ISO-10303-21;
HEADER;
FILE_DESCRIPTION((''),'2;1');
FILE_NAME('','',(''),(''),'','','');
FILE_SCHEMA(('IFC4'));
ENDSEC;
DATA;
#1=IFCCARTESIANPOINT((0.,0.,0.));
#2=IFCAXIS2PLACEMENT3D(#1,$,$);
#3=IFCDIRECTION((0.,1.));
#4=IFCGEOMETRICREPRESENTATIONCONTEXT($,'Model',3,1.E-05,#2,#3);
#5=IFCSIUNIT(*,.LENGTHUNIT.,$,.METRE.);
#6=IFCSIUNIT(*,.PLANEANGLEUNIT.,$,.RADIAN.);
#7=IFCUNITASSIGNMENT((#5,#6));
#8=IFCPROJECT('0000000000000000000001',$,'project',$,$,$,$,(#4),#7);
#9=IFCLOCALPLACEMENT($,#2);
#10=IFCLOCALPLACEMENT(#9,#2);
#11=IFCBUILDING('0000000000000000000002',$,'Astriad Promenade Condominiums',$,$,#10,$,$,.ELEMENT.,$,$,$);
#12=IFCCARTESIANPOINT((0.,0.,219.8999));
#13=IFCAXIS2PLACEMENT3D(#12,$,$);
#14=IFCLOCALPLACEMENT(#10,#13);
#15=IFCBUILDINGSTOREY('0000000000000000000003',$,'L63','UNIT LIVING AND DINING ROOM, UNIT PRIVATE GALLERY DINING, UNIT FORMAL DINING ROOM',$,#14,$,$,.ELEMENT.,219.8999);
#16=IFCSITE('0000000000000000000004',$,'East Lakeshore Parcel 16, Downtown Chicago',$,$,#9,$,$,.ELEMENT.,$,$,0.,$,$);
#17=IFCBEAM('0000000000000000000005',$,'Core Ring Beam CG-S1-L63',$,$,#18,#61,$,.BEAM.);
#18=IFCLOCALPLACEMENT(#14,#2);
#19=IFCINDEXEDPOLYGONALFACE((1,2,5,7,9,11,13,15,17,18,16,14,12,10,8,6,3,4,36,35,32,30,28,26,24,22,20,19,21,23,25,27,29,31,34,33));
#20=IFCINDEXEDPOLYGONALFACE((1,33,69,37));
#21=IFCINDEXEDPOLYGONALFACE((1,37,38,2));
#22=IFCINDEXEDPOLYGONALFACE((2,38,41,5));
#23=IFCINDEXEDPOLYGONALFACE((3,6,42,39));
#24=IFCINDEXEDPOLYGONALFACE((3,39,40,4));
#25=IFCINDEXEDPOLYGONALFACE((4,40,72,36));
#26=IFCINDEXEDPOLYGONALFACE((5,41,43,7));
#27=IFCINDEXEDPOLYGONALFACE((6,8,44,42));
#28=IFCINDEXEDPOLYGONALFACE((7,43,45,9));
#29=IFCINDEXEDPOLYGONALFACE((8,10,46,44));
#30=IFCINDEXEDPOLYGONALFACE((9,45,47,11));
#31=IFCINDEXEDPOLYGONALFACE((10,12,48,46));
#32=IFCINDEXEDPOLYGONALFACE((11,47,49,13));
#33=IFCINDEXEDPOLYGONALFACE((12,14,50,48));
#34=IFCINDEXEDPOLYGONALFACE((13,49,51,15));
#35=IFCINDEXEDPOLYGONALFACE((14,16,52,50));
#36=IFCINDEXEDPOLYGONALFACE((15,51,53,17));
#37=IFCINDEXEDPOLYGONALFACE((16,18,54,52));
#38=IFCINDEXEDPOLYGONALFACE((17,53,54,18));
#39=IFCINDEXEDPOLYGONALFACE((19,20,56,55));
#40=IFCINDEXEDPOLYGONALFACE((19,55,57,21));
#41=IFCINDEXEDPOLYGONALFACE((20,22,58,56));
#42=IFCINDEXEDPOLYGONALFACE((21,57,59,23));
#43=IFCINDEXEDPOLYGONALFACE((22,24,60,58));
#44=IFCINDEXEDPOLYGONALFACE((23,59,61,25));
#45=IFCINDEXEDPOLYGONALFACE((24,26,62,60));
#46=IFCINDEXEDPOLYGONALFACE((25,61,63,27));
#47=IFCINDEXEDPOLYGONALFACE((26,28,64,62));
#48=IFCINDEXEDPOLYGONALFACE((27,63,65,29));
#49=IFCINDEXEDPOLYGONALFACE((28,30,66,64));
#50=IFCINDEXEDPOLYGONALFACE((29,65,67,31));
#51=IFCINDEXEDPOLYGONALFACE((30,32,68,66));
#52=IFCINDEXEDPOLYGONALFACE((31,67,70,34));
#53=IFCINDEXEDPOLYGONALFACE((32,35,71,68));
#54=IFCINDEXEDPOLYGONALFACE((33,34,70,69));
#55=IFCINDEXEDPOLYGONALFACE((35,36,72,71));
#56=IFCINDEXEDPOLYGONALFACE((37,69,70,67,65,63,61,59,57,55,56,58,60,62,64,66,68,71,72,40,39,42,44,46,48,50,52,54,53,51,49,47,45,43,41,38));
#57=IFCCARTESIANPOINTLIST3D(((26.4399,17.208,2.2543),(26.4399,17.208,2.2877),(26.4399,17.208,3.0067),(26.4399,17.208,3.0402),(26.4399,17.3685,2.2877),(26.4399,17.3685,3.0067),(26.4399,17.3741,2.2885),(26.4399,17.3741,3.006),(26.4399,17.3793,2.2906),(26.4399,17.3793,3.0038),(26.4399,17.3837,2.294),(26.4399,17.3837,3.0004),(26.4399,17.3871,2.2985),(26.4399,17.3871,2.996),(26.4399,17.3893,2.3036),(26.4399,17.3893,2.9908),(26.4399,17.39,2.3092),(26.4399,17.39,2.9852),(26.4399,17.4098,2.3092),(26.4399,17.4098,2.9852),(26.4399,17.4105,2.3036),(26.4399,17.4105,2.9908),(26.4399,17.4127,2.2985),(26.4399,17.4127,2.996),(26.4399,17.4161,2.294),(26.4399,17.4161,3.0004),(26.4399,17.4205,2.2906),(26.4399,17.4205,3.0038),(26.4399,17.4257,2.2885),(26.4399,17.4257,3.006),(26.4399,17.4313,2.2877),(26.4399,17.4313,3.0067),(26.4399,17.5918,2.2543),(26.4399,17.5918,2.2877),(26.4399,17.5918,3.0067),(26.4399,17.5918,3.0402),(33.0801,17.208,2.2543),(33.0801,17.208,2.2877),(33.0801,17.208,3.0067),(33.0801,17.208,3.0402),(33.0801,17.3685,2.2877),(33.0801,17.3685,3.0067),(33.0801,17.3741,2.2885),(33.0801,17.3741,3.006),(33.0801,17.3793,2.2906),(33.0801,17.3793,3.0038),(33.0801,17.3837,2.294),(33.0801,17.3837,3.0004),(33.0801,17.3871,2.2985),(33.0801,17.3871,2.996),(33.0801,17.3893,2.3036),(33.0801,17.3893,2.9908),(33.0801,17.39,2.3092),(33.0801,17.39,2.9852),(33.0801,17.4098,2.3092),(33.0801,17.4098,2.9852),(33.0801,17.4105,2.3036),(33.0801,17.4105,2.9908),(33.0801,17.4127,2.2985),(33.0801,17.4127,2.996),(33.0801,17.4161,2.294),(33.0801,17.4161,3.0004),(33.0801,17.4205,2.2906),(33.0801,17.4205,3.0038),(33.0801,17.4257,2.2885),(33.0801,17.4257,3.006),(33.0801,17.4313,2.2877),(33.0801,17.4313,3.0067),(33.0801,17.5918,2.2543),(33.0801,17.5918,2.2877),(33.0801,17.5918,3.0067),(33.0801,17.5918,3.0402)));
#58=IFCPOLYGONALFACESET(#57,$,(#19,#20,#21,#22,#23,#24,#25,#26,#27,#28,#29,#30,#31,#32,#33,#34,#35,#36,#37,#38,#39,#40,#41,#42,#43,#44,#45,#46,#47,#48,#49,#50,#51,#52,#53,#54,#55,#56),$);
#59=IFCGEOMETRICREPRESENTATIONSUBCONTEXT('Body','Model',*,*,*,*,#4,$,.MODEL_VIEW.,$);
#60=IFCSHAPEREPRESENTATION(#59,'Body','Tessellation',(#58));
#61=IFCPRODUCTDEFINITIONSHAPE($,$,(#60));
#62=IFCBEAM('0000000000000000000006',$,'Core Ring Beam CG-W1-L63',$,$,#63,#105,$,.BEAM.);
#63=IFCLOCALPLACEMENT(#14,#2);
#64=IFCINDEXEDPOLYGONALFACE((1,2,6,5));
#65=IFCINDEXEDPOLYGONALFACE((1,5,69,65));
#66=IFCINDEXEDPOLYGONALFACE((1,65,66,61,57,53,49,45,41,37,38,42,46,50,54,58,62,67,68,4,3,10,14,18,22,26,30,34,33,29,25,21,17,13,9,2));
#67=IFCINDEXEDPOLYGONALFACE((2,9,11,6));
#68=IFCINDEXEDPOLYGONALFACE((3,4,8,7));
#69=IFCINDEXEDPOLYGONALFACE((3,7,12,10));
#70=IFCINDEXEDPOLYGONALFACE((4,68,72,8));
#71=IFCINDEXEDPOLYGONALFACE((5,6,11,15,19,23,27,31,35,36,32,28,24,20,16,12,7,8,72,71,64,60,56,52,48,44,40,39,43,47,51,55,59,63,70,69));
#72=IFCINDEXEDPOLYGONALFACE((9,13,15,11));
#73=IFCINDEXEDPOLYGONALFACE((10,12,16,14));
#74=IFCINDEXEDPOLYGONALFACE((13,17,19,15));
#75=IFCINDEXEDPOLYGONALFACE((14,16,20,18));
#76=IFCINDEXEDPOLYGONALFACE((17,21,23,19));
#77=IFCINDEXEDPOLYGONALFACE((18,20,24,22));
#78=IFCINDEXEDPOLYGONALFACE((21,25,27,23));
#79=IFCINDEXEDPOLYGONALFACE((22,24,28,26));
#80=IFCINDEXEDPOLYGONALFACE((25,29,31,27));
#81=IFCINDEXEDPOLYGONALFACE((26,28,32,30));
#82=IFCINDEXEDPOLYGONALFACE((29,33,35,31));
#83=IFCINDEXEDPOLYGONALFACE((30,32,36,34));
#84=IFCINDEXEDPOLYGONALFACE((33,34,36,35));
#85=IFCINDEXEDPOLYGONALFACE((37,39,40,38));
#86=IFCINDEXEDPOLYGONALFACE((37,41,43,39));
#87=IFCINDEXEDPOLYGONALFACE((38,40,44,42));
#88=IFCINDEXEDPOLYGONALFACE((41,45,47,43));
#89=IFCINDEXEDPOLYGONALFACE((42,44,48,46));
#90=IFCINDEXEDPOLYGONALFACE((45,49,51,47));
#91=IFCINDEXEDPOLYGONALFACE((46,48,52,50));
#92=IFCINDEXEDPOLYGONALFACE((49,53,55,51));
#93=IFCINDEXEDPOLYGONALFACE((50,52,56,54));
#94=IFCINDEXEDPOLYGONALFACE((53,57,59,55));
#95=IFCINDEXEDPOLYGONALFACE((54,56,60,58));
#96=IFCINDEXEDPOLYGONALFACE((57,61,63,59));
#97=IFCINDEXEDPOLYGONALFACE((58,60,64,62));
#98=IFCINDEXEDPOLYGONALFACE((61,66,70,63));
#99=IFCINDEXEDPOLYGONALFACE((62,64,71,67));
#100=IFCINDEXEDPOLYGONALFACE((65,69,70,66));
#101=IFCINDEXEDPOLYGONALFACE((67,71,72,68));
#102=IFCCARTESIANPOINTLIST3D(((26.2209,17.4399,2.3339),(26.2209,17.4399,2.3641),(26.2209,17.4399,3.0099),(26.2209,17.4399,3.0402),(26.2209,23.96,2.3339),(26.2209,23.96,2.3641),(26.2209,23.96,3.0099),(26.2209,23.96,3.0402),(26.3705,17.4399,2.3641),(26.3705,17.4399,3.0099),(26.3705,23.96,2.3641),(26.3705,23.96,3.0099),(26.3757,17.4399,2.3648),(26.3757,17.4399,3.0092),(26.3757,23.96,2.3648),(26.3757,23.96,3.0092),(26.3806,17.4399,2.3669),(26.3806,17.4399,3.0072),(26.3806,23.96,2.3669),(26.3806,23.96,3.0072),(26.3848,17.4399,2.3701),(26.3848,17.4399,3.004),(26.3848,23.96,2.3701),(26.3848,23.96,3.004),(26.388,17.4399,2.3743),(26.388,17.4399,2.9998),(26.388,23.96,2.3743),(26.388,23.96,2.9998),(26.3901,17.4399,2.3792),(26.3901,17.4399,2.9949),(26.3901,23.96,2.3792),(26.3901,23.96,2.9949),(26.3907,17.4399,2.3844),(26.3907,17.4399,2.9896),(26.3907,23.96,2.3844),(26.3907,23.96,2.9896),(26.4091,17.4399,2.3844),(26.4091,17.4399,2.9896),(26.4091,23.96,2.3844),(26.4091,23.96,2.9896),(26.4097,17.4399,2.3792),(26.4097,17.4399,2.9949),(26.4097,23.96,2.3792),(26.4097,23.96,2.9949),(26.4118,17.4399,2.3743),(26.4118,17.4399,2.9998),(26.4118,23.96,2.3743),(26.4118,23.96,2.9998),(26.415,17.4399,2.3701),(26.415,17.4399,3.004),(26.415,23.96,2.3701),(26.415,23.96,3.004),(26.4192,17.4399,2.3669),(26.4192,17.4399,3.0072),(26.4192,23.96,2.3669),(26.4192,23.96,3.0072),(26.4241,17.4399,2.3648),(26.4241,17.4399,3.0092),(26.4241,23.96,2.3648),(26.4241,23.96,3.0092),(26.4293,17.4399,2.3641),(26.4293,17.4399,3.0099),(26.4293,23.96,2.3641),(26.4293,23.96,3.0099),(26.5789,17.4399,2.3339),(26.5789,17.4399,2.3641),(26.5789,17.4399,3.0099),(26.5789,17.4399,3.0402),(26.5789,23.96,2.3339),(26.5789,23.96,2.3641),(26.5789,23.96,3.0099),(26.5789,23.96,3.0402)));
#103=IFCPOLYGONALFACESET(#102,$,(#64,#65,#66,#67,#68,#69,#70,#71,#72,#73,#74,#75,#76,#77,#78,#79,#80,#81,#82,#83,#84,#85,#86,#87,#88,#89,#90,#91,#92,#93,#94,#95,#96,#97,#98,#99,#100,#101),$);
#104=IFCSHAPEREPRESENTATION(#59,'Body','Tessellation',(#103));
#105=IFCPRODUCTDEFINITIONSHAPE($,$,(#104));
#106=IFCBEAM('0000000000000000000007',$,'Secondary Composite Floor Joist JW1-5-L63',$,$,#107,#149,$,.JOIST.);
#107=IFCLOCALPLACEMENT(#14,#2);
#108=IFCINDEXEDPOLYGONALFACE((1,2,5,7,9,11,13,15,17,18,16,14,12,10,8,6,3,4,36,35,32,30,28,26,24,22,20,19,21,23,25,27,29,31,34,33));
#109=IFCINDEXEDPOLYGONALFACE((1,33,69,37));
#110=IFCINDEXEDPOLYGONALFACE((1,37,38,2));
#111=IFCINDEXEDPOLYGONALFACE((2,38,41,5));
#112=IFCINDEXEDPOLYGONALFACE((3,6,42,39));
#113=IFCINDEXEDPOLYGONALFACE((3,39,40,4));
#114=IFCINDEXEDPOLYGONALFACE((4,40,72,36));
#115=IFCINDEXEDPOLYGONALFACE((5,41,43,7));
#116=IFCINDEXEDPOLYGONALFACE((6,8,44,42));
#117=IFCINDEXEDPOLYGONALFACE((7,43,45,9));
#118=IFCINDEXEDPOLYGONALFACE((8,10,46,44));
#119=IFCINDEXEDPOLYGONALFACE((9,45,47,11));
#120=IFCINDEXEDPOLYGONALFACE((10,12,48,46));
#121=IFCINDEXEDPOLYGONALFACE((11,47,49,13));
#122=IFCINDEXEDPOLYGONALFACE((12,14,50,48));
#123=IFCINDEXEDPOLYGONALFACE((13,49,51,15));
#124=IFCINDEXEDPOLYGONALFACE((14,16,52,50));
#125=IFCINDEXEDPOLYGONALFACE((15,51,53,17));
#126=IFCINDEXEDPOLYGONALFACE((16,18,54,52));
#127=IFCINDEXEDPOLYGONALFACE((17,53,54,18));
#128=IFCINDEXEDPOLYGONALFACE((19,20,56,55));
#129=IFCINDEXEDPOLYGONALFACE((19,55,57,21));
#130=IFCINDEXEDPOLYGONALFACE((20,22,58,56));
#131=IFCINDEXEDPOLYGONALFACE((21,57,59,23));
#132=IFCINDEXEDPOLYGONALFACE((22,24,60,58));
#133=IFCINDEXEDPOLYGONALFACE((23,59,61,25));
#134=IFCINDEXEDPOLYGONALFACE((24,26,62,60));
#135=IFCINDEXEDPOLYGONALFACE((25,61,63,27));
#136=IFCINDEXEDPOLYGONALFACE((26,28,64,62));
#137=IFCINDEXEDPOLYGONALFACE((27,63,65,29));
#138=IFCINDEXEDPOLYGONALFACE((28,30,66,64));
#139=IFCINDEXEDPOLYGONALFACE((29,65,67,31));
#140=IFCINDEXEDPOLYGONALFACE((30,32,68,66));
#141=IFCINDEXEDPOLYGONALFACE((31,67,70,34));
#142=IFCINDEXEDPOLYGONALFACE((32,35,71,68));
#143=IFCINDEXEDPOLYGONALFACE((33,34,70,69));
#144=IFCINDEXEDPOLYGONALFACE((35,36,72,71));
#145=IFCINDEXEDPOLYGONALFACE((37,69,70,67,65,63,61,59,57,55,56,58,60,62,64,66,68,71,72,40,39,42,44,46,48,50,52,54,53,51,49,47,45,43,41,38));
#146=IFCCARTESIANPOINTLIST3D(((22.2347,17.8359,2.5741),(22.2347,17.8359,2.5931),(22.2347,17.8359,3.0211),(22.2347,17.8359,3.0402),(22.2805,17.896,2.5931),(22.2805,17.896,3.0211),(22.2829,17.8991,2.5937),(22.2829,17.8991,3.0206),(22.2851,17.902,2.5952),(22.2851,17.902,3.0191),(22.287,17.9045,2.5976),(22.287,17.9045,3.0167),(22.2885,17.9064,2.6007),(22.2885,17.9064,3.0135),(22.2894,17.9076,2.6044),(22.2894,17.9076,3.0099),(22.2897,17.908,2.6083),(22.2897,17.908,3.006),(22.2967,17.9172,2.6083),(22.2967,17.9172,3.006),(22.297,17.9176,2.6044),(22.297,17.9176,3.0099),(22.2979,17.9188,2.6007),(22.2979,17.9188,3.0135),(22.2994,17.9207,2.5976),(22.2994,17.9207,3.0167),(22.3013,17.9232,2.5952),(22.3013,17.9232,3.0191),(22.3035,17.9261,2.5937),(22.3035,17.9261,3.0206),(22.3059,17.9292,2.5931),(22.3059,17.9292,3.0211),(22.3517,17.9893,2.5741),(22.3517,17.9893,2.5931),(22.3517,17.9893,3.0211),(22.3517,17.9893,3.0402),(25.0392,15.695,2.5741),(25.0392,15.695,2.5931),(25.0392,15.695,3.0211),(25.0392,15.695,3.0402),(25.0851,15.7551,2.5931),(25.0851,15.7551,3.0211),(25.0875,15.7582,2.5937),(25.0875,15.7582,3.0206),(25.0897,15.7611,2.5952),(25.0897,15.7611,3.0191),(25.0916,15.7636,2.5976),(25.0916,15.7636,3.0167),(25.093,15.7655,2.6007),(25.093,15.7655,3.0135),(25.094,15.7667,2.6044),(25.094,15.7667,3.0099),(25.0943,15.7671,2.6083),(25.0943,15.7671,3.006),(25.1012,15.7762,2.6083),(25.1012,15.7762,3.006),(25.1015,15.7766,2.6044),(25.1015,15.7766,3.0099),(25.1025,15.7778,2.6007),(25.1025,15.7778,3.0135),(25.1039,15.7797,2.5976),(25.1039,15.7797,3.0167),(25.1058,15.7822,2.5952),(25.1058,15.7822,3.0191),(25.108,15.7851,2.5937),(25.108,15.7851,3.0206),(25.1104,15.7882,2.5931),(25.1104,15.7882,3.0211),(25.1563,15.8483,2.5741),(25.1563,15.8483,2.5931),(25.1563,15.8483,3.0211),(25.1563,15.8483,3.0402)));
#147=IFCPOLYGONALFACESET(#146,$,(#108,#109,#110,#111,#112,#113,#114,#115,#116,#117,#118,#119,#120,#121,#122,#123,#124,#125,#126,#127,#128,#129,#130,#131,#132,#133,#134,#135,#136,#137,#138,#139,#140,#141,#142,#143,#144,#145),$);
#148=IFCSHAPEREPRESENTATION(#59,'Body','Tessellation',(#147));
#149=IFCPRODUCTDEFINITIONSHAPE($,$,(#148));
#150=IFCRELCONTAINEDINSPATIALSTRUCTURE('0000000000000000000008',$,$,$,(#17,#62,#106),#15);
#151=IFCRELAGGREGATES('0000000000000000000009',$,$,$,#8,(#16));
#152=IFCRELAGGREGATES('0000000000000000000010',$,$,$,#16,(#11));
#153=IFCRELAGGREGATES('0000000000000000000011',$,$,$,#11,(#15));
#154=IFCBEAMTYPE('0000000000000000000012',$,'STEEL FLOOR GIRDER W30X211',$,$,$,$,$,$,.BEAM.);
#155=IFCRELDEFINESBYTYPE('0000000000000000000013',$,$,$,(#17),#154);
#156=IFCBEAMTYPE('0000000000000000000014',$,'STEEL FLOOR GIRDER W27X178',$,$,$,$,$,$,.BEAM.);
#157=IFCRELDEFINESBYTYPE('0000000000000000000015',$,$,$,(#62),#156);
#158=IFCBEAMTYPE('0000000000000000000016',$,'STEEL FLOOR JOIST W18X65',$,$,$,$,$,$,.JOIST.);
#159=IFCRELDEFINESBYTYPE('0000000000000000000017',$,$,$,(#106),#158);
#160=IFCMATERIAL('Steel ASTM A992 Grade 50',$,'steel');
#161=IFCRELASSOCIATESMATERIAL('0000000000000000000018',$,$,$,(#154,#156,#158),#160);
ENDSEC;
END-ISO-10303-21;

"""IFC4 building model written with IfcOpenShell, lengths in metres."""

from ifc_helpers import new_model, si_unit, direction, frame, origin, origin_2d, place, context, subcontext, project, spatial, i_section, extrude, source, transform, mapped, material, material_profile, profile_set, type_object, type_shapes, element, save


model = new_model("IFC4")

# Units and contexts
model_context = context("Model", 3, precision=1e-05, world=origin(), true_north=direction((0.0, 1.0)))
body_context = subcontext(model_context, "Body", "Model", "MODEL_VIEW")
ifc_project = project(units=[si_unit("LENGTHUNIT", "METRE"), si_unit("PLANEANGLEUNIT", "RADIAN")], contexts=[model_context])

# Site, building, storey
site_placement = place(None, origin())
site = spatial("IfcSite", under=ifc_project, at=site_placement, Name="East Lakeshore Parcel 16, Downtown Chicago", CompositionType="ELEMENT", RefElevation=0.0)
building_placement = place(site_placement, origin())
building = spatial("IfcBuilding", under=site, at=building_placement, Name="Astriad Promenade Condominiums", CompositionType="ELEMENT")
storey_placement = place(building_placement, frame((0.0, 0.0, 219.8999)))
storey = spatial("IfcBuildingStorey", under=building, at=storey_placement, Name="L63", Description="UNIT LIVING AND DINING ROOM, UNIT PRIVATE GALLERY DINING, UNIT FORMAL DINING ROOM", CompositionType="ELEMENT", Elevation=219.8999)

# Beams
ifc_material_1 = material(Name="Steel ASTM A992 Grade 50", Category="steel")
ifc_material_profile_1 = material_profile(ifc_material_1, i_section(OverallWidth=0.3838, OverallDepth=0.7859, WebThickness=0.0198, FlangeThickness=0.0334, FilletRadius=0.0215, at=origin_2d()), Name="W30X211")
ifc_profile_set_1 = profile_set([ifc_material_profile_1], Name="Steel ASTM A992 Grade 50")
beam_type_1 = type_object("IfcBeamType", Name="STEEL FLOOR GIRDER W30X211", PredefinedType="BEAM", material=ifc_profile_set_1)
shared_shape_1 = source(origin(), body_context, "Body", "SweptSolid", [
    extrude(i_section(OverallWidth=0.3838, OverallDepth=0.7859, WebThickness=0.0198, FlangeThickness=0.0334, FilletRadius=0.0215, at=origin_2d()), origin(), (0.0, 0.0, 1.0), 6.6401),
])
type_shapes(beam_type_1, [shared_shape_1])
beam_1_placement = place(storey_placement, frame((26.4399, 17.3999, 2.6472), z_axis=(1.0, 0.0, 0.0), x_axis=(0.0, 1.0, 0.0)))
element("IfcBeam", 1, at=beam_1_placement, inside=storey, type_object=beam_type_1, Name="Core Ring Beam CG-S1-L63", PredefinedType="BEAM", context=body_context, shape_type="MappedRepresentation", body=[
    mapped(shared_shape_1, transform((0.0, 0.0, 0.0), scale=1.0)),
])
ifc_material_profile_2 = material_profile(ifc_material_1, i_section(OverallWidth=0.3579, OverallDepth=0.7063, WebThickness=0.0183, FlangeThickness=0.0303, FilletRadius=0.0203, at=origin_2d()), Name="W27X178")
ifc_profile_set_2 = profile_set([ifc_material_profile_2], Name="Steel ASTM A992 Grade 50")
beam_type_2 = type_object("IfcBeamType", Name="STEEL FLOOR GIRDER W27X178", PredefinedType="BEAM", material=ifc_profile_set_2)
shared_shape_2 = source(origin(), body_context, "Body", "SweptSolid", [
    extrude(i_section(OverallWidth=0.3579, OverallDepth=0.7063, WebThickness=0.0183, FlangeThickness=0.0303, FilletRadius=0.0203, at=origin_2d()), origin(), (0.0, 0.0, 1.0), 6.52),
])
type_shapes(beam_type_2, [shared_shape_2])
beam_2_placement = place(storey_placement, frame((26.3999, 17.4399, 2.687), z_axis=(0.0, 1.0, 0.0), x_axis=(-1.0, 0.0, 0.0)))
element("IfcBeam", 2, at=beam_2_placement, inside=storey, type_object=beam_type_2, Name="Core Ring Beam CG-W1-L63", PredefinedType="BEAM", context=body_context, shape_type="MappedRepresentation", body=[
    mapped(shared_shape_2, transform((0.0, 0.0, 0.0), scale=1.0)),
])
ifc_material_profile_3 = material_profile(ifc_material_1, i_section(OverallWidth=0.1929, OverallDepth=0.4661, WebThickness=0.0115, FlangeThickness=0.019, FilletRadius=0.0151, at=origin_2d()), Name="W18X65")
ifc_profile_set_3 = profile_set([ifc_material_profile_3], Name="Steel ASTM A992 Grade 50")
beam_type_3 = type_object("IfcBeamType", Name="STEEL FLOOR JOIST W18X65", PredefinedType="JOIST", material=ifc_profile_set_3)
shared_shape_3 = source(origin(), body_context, "Body", "SweptSolid", [
    extrude(i_section(OverallWidth=0.1929, OverallDepth=0.4661, WebThickness=0.0115, FlangeThickness=0.019, FilletRadius=0.0151, at=origin_2d()), origin(), (0.0, 0.0, 1.0), 3.5283),
])
beam_3_placement = place(storey_placement, frame((22.2932, 17.9126, 2.8071), z_axis=(0.794864, -0.606787, 0.0), x_axis=(0.606787, 0.794864, 0.0)))
element("IfcBeam", 3, at=beam_3_placement, inside=storey, type_object=beam_type_3, Name="Secondary Composite Floor Joist JW1-5-L63", PredefinedType="JOIST", context=body_context, shape_type="MappedRepresentation", body=[
    mapped(shared_shape_3, transform((0.0, 0.0, 0.0), scale=1.0)),
])

save(model, "model.ifc")
